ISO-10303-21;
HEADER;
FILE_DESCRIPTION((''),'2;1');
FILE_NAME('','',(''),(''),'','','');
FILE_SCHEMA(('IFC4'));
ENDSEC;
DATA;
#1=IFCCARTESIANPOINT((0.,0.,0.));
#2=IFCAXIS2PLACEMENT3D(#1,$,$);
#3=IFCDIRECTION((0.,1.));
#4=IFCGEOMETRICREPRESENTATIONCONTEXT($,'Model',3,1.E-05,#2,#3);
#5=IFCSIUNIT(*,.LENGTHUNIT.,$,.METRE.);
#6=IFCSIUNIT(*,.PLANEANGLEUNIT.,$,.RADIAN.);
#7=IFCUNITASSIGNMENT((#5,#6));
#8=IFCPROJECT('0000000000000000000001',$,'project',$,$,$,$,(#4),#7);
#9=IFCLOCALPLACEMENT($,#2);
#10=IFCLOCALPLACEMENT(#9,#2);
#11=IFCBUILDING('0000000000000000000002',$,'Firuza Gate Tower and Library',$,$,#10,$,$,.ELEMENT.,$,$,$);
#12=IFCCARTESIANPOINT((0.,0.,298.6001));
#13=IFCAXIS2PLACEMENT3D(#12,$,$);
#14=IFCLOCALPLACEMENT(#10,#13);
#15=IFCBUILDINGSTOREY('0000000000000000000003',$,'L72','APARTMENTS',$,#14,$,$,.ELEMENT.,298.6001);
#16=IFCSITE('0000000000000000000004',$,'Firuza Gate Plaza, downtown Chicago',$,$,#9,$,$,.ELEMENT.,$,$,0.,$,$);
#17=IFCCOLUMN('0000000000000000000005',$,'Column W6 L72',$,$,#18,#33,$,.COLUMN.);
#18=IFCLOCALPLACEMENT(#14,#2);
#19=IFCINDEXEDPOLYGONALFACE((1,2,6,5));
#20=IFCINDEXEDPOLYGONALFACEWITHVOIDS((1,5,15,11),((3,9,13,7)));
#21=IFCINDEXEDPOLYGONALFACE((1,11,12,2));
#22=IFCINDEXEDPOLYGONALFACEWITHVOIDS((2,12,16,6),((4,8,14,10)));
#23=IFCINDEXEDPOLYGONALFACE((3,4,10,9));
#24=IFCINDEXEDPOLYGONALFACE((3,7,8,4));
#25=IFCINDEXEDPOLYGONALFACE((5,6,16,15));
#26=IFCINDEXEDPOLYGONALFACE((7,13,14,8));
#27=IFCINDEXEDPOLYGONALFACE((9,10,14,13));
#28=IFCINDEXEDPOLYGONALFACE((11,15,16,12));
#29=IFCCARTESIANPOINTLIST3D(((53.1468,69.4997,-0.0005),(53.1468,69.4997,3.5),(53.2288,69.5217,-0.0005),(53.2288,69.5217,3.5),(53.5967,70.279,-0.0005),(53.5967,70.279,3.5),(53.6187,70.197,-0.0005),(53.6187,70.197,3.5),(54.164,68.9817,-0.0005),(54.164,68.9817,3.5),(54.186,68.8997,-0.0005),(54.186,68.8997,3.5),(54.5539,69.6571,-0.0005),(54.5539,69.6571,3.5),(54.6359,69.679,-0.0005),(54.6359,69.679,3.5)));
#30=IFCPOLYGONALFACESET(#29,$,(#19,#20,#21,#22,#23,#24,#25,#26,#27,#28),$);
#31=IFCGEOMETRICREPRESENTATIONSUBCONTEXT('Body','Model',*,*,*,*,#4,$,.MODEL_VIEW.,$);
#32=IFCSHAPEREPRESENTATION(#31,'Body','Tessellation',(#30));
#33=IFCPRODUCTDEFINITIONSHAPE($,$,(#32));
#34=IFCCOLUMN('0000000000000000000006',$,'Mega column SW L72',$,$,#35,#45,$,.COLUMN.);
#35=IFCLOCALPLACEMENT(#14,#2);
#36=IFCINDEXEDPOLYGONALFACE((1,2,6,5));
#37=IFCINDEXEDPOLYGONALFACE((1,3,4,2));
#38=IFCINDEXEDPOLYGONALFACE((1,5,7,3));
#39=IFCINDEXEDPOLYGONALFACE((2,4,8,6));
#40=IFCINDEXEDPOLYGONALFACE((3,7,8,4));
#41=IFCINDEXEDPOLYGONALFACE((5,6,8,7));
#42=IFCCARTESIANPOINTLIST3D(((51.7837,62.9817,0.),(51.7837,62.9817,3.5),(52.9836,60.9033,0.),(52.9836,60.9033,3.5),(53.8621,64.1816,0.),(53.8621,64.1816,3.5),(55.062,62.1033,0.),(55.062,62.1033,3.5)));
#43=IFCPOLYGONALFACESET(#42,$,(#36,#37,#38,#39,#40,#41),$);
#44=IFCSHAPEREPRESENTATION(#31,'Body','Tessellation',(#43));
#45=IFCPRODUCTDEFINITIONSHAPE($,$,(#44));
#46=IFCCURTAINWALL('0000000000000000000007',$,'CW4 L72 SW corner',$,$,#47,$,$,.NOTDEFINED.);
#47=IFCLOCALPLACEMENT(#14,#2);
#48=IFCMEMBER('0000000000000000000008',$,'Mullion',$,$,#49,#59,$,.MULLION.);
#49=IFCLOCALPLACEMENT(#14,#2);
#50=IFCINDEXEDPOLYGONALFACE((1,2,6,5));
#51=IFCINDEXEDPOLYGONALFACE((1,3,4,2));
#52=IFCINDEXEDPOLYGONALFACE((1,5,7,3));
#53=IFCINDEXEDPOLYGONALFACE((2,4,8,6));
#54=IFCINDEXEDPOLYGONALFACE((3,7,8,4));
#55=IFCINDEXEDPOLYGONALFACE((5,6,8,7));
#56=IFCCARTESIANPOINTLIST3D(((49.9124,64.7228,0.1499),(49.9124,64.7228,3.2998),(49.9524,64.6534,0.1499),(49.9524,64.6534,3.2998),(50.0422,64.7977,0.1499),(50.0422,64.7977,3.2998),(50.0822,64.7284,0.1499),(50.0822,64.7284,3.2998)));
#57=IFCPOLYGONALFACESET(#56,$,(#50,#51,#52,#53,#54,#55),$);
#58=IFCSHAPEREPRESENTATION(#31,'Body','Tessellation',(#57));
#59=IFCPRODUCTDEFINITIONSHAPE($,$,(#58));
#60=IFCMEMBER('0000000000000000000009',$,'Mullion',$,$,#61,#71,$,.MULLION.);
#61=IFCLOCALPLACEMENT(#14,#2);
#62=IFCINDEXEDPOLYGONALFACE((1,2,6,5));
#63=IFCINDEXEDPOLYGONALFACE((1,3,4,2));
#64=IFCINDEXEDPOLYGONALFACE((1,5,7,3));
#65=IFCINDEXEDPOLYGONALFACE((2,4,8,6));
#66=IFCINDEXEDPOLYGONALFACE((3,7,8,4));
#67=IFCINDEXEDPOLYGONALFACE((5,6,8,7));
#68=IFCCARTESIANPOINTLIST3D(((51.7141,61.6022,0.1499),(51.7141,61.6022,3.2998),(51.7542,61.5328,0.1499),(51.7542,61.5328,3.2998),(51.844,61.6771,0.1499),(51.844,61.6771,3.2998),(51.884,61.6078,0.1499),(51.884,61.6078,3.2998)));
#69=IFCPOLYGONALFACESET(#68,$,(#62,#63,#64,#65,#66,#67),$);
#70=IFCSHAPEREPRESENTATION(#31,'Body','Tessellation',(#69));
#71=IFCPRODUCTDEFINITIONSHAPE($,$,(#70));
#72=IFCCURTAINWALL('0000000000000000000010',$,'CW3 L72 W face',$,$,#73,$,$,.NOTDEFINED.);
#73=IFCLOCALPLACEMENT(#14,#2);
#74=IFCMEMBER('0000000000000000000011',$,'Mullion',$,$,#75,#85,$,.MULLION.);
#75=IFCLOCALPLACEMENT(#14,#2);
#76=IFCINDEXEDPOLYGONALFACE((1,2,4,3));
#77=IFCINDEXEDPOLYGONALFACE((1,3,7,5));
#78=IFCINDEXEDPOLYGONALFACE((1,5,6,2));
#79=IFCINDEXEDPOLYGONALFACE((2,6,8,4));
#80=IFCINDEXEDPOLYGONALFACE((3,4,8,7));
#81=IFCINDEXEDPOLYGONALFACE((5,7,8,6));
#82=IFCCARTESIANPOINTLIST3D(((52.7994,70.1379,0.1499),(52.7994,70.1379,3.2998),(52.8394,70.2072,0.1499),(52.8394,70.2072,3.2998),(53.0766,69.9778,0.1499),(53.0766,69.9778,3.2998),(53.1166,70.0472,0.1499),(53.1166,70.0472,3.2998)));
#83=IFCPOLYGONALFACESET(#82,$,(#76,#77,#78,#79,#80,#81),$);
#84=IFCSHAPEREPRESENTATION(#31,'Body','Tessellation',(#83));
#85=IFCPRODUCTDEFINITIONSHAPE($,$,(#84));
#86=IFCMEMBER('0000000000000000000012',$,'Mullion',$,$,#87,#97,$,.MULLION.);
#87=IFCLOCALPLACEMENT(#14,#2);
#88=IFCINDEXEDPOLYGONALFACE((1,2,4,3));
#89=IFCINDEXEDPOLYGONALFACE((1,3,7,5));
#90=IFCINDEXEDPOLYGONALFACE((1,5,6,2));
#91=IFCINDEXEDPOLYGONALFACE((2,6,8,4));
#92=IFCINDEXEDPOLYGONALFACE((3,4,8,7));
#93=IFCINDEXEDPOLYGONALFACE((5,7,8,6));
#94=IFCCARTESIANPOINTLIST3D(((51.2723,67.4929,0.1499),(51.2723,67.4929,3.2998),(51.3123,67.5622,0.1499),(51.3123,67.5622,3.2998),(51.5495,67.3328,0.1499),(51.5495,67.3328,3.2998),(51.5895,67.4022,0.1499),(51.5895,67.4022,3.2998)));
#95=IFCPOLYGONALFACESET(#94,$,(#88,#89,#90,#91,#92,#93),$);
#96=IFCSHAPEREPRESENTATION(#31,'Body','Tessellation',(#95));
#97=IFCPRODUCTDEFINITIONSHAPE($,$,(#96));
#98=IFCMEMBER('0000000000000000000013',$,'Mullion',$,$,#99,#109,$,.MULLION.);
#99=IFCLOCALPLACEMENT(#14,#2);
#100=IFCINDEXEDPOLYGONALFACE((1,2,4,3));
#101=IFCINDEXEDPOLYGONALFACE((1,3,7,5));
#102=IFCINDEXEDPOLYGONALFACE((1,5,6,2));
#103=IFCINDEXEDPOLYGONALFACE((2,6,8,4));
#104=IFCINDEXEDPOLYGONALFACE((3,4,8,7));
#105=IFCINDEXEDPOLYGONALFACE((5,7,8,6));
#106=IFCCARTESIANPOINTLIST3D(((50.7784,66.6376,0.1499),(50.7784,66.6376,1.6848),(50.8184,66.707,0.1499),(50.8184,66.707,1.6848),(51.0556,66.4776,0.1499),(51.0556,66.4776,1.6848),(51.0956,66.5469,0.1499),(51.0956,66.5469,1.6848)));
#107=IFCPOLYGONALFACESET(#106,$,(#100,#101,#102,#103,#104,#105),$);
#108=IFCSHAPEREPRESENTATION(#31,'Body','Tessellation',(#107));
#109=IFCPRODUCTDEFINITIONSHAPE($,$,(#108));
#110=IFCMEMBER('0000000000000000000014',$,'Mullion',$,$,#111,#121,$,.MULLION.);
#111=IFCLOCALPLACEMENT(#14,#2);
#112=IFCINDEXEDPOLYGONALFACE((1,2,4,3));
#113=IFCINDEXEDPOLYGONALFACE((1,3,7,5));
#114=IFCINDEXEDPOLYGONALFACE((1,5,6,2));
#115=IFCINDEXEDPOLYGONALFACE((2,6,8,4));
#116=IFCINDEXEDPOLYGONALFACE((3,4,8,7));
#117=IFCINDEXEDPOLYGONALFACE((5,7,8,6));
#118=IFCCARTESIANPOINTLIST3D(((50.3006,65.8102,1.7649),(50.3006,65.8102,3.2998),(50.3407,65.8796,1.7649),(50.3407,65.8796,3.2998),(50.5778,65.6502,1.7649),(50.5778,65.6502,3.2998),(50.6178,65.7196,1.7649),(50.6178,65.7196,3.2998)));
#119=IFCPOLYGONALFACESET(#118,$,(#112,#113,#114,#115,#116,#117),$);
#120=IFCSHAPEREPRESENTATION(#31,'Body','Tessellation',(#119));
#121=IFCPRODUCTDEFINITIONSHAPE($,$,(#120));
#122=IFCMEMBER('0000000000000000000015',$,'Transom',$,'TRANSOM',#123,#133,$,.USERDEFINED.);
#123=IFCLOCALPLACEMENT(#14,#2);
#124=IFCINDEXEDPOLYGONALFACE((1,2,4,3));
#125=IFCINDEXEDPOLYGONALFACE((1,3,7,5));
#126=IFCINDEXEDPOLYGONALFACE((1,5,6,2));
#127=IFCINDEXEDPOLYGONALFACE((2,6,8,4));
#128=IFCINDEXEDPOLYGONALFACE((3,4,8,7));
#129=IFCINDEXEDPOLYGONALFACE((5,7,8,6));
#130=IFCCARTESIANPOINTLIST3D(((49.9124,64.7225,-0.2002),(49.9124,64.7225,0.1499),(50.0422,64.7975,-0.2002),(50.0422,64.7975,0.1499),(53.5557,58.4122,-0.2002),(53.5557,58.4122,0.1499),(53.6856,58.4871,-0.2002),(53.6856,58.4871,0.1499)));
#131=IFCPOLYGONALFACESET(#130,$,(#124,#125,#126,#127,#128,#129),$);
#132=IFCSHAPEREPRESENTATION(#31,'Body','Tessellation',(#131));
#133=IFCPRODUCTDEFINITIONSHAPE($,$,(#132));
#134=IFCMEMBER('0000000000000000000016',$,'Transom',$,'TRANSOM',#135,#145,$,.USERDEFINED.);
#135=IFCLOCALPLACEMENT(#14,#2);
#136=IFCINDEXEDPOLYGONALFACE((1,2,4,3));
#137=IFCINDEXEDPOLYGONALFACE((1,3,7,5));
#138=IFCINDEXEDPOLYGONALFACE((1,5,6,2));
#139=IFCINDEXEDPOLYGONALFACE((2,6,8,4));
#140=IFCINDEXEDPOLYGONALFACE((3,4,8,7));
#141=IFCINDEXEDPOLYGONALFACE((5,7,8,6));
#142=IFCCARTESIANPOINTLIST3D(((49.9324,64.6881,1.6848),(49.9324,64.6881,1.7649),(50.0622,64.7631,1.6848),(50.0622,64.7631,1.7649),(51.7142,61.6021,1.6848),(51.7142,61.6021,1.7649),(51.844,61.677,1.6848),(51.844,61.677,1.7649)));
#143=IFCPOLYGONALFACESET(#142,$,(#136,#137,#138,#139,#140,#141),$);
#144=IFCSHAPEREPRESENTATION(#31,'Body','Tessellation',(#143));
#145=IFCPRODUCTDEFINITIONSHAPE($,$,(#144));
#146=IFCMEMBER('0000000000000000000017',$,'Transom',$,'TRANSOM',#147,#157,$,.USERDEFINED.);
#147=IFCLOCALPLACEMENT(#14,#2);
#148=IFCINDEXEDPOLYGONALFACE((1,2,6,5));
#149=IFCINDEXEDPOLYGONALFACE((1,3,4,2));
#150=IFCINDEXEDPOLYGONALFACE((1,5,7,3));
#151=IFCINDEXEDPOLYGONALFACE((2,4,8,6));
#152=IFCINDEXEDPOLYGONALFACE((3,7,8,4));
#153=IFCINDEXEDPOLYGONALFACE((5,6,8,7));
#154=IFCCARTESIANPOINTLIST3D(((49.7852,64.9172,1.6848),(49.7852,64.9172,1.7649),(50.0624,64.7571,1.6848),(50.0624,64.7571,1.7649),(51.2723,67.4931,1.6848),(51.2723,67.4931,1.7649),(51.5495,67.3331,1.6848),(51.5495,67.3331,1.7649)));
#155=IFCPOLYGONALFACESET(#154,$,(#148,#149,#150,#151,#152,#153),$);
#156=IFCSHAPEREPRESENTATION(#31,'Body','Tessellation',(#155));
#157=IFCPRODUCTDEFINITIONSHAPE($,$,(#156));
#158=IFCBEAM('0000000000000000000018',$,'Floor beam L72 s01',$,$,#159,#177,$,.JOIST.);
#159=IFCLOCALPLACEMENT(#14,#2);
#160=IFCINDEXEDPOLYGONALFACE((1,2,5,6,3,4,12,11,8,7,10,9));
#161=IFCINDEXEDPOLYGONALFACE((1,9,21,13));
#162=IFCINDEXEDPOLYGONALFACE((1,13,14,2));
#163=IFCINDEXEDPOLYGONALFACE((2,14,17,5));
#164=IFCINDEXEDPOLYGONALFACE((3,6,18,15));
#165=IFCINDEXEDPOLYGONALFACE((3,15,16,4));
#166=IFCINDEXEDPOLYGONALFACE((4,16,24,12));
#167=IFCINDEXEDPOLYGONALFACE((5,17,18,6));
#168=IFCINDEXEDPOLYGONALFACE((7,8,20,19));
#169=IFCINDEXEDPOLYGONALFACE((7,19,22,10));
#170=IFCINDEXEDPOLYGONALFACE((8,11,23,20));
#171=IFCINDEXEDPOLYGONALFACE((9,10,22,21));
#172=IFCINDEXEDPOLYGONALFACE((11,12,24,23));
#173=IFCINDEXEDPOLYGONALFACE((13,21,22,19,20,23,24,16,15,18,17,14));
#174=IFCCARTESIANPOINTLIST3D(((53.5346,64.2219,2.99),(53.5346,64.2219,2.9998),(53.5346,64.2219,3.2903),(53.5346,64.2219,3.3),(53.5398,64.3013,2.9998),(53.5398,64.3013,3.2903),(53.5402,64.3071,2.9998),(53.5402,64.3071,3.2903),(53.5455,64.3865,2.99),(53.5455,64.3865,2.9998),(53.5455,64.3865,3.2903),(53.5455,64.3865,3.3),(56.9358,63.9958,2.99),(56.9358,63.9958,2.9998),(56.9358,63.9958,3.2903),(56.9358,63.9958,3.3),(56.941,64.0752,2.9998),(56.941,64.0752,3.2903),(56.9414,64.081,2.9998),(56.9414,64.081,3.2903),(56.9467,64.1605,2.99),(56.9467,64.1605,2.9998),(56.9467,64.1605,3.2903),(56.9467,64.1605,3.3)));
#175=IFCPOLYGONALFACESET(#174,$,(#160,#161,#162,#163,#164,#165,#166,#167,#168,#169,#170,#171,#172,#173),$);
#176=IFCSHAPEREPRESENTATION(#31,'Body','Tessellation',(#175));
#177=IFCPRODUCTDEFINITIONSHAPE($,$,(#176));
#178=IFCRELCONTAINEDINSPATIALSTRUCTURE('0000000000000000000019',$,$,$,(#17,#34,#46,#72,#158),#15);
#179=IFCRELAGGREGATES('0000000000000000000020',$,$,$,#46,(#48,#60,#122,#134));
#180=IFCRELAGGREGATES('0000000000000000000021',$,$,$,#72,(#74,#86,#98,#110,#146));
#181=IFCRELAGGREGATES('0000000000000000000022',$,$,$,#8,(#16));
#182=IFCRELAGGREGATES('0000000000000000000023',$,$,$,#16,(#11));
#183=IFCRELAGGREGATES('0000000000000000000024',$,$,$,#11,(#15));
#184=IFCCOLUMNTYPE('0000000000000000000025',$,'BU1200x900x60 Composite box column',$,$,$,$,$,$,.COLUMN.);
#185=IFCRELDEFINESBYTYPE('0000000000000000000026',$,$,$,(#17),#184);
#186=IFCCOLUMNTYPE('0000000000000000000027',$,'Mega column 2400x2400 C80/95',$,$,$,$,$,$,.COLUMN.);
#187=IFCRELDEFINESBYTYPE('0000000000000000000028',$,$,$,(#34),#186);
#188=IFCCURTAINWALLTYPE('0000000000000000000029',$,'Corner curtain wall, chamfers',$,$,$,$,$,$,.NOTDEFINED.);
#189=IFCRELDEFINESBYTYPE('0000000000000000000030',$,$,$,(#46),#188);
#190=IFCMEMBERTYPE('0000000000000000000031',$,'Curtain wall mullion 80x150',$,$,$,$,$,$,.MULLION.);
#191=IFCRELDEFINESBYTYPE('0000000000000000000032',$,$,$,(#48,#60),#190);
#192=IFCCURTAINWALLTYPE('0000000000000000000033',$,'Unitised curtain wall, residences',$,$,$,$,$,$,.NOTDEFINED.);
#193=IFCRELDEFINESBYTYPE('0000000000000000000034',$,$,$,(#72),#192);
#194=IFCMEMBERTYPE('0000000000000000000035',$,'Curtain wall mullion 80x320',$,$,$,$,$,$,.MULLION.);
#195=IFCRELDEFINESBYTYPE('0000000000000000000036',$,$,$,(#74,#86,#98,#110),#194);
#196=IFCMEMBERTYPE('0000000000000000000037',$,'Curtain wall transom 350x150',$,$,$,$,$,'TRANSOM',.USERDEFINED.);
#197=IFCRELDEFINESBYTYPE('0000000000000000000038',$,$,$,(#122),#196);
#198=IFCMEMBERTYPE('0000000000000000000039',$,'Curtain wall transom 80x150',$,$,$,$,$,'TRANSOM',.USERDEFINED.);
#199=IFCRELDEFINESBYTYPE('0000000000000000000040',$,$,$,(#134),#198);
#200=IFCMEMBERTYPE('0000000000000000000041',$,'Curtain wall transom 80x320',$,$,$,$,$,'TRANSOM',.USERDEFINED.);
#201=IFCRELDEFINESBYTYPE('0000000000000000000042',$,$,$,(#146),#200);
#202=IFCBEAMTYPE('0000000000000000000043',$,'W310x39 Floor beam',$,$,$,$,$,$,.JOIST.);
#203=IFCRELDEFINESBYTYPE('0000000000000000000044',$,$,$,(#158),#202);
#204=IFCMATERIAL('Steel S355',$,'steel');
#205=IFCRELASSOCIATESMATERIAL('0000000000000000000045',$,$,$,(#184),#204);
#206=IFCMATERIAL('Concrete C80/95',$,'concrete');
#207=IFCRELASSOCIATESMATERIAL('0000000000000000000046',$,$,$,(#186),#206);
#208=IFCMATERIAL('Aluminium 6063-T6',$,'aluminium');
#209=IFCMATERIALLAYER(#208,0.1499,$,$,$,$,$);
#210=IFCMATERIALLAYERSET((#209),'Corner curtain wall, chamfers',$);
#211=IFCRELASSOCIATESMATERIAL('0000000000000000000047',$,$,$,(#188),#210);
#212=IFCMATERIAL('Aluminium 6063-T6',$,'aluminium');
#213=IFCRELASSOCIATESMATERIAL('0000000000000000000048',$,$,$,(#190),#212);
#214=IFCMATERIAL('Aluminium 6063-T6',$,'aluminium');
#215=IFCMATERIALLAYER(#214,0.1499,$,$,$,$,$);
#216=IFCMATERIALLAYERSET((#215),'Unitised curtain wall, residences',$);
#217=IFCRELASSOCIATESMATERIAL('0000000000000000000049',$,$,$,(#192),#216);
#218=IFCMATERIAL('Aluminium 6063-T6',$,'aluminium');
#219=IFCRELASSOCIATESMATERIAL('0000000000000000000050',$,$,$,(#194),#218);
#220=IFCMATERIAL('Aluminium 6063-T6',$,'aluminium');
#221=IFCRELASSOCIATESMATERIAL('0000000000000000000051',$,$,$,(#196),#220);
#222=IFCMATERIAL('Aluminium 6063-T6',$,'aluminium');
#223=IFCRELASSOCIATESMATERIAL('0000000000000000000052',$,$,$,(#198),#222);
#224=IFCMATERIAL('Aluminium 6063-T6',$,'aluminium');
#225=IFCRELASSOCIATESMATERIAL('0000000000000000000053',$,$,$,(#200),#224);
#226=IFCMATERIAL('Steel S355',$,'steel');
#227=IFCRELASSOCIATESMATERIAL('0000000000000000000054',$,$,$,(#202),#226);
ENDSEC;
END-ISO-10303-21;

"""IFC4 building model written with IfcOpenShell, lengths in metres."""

from ifc_helpers import new_model, si_unit, direction, frame, origin, origin_2d, place, context, subcontext, project, spatial, rectangle, hollow_rectangle, i_section, extrude, material, layer, layer_set, material_profile, profile_set, type_object, element, aggregate, save


model = new_model("IFC4")

# Units and contexts
model_context = context("Model", 3, precision=1e-05, world=origin(), true_north=direction((0.0, 1.0)))
body_context = subcontext(model_context, "Body", "Model", "MODEL_VIEW")
ifc_project = project(units=[si_unit("LENGTHUNIT", "METRE"), si_unit("PLANEANGLEUNIT", "RADIAN")], contexts=[model_context])

# Site, building, storey
site_placement = place(None, origin())
site = spatial("IfcSite", under=ifc_project, at=site_placement, Name="Firuza Gate Plaza, downtown Chicago", CompositionType="ELEMENT", RefElevation=0.0)
building_placement = place(site_placement, origin())
building = spatial("IfcBuilding", under=site, at=building_placement, Name="Firuza Gate Tower and Library", CompositionType="ELEMENT")
storey_placement = place(building_placement, frame((0.0, 0.0, 298.6001)))
storey = spatial("IfcBuildingStorey", under=building, at=storey_placement, Name="L72", Description="APARTMENTS", CompositionType="ELEMENT", Elevation=298.6001)

# Columns
ifc_material_1 = material(Name="Steel S355", Category="steel")
ifc_material_profile_1 = material_profile(ifc_material_1, hollow_rectangle(XDim=0.8999, YDim=1.2, WallThickness=0.0601, at=origin_2d()))
ifc_profile_set_1 = profile_set([ifc_material_profile_1], Name="Steel S355")
column_type_1 = type_object("IfcColumnType", Name="BU1200x900x60 Composite box column", PredefinedType="COLUMN", material=ifc_profile_set_1)
column_1_placement = place(storey_placement, frame((53.8914, 69.5894, -0.0005), z_axis=(0.0, 0.0, 1.0), x_axis=(-0.5, -0.866025, 0.0)))
element("IfcColumn", 1, at=column_1_placement, inside=storey, type_object=column_type_1, Name="Column W6 L72", PredefinedType="COLUMN", context=body_context, shape_type="SweptSolid", body=[
    extrude(hollow_rectangle(XDim=0.8999, YDim=1.2, WallThickness=0.0601, at=origin_2d()), origin(), (0.0, 0.0, 1.0), 3.5005),
])
ifc_material_2 = material(Name="Concrete C80/95", Category="concrete")
ifc_material_profile_2 = material_profile(ifc_material_2, rectangle(XDim=2.3999, YDim=2.3999, at=origin_2d()))
ifc_profile_set_2 = profile_set([ifc_material_profile_2], Name="Concrete C80/95")
column_type_2 = type_object("IfcColumnType", Name="Mega column 2400x2400 C80/95", PredefinedType="COLUMN", material=ifc_profile_set_2)
column_2_placement = place(storey_placement, frame((53.4229, 62.5425, 0.0), z_axis=(0.0, 0.0, 1.0), x_axis=(0.5, -0.866025, 0.0)))
element("IfcColumn", 2, at=column_2_placement, inside=storey, type_object=column_type_2, Name="Mega column SW L72", PredefinedType="COLUMN", context=body_context, shape_type="SweptSolid", body=[
    extrude(rectangle(XDim=2.3999, YDim=2.3999, at=origin_2d()), origin(), (0.0, 0.0, 1.0), 3.5),
])

# Curtain walls, members
ifc_material_3 = material(Name="Aluminium 6063-T6", Category="aluminium")
ifc_layer_1 = layer(ifc_material_3, 0.1499)
ifc_layer_set_1 = layer_set([ifc_layer_1], Name="Corner curtain wall, chamfers")
curtain_wall_type_1 = type_object("IfcCurtainWallType", Name="Corner curtain wall, chamfers", PredefinedType="NOTDEFINED", material=ifc_layer_set_1)
placement = place(storey_placement, origin())
curtain_wall_1 = element("IfcCurtainWall", 3, at=placement, inside=storey, type_object=curtain_wall_type_1, Name="CW4 L72 SW corner", PredefinedType="NOTDEFINED")
ifc_material_4 = material(Name="Aluminium 6063-T6", Category="aluminium")
ifc_material_profile_3 = material_profile(ifc_material_4, rectangle(XDim=0.1499, YDim=0.0801, at=origin_2d()))
ifc_profile_set_3 = profile_set([ifc_material_profile_3], Name="Aluminium 6063-T6")
member_type_1 = type_object("IfcMemberType", Name="Curtain wall mullion 80x150", PredefinedType="MULLION", material=ifc_profile_set_3)
member_1_placement = place(storey_placement, frame((49.9973, 64.7256, 0.1499), z_axis=(0.0, 0.0, 1.0), x_axis=(0.866025, 0.5, 0.0)))
member_1 = element("IfcMember", 4, at=member_1_placement, type_object=member_type_1, Name="Mullion", PredefinedType="MULLION", context=body_context, shape_type="SweptSolid", body=[
    extrude(rectangle(XDim=0.1499, YDim=0.0801, at=origin_2d()), origin(), (0.0, 0.0, 1.0), 3.1499),
])
member_2_placement = place(storey_placement, frame((51.7991, 61.605, 0.1499), z_axis=(0.0, 0.0, 1.0), x_axis=(0.866025, 0.5, 0.0)))
member_2 = element("IfcMember", 5, at=member_2_placement, type_object=member_type_1, Name="Mullion", PredefinedType="MULLION", context=body_context, shape_type="SweptSolid", body=[
    extrude(rectangle(XDim=0.1499, YDim=0.0801, at=origin_2d()), origin(), (0.0, 0.0, 1.0), 3.1499),
])
ifc_material_5 = material(Name="Aluminium 6063-T6", Category="aluminium")
ifc_layer_2 = layer(ifc_material_5, 0.1499)
ifc_layer_set_2 = layer_set([ifc_layer_2], Name="Unitised curtain wall, residences")
curtain_wall_type_2 = type_object("IfcCurtainWallType", Name="Unitised curtain wall, residences", PredefinedType="NOTDEFINED", material=ifc_layer_set_2)
curtain_wall_2 = element("IfcCurtainWall", 6, at=placement, inside=storey, type_object=curtain_wall_type_2, Name="CW3 L72 W face", PredefinedType="NOTDEFINED")
ifc_material_6 = material(Name="Aluminium 6063-T6", Category="aluminium")
ifc_material_profile_4 = material_profile(ifc_material_6, rectangle(XDim=0.3201, YDim=0.0801, at=origin_2d()))
ifc_profile_set_4 = profile_set([ifc_material_profile_4], Name="Aluminium 6063-T6")
member_type_2 = type_object("IfcMemberType", Name="Curtain wall mullion 80x320", PredefinedType="MULLION", material=ifc_profile_set_4)
member_3_placement = place(storey_placement, frame((52.958, 70.0925, 0.1499), z_axis=(0.0, 0.0, 1.0), x_axis=(0.866025, -0.5, 0.0)))
member_3 = element("IfcMember", 7, at=member_3_placement, type_object=member_type_2, Name="Mullion", PredefinedType="MULLION", context=body_context, shape_type="SweptSolid", body=[
    extrude(rectangle(XDim=0.3201, YDim=0.0801, at=origin_2d()), origin(), (0.0, 0.0, 1.0), 3.1499),
])
member_4_placement = place(storey_placement, frame((51.4309, 67.4475, 0.1499), z_axis=(0.0, 0.0, 1.0), x_axis=(0.866025, -0.5, 0.0)))
member_4 = element("IfcMember", 8, at=member_4_placement, type_object=member_type_2, Name="Mullion", PredefinedType="MULLION", context=body_context, shape_type="SweptSolid", body=[
    extrude(rectangle(XDim=0.3201, YDim=0.0801, at=origin_2d()), origin(), (0.0, 0.0, 1.0), 3.1499),
])
member_5_placement = place(storey_placement, frame((50.937, 66.5923, 0.1499), z_axis=(0.0, 0.0, 1.0), x_axis=(0.866025, -0.5, 0.0)))
member_5 = element("IfcMember", 9, at=member_5_placement, type_object=member_type_2, Name="Mullion", PredefinedType="MULLION", context=body_context, shape_type="SweptSolid", body=[
    extrude(rectangle(XDim=0.3201, YDim=0.0801, at=origin_2d()), origin(), (0.0, 0.0, 1.0), 1.5349),
])
member_6_placement = place(storey_placement, frame((50.4592, 65.7649, 1.7649), z_axis=(0.0, 0.0, 1.0), x_axis=(0.866025, -0.5, 0.0)))
member_6 = element("IfcMember", 10, at=member_6_placement, type_object=member_type_2, Name="Mullion", PredefinedType="MULLION", context=body_context, shape_type="SweptSolid", body=[
    extrude(rectangle(XDim=0.3201, YDim=0.0801, at=origin_2d()), origin(), (0.0, 0.0, 1.0), 1.5349),
])

# Members
ifc_material_7 = material(Name="Aluminium 6063-T6", Category="aluminium")
ifc_material_profile_5 = material_profile(ifc_material_7, rectangle(XDim=0.1499, YDim=0.3501, at=origin_2d()))
ifc_profile_set_5 = profile_set([ifc_material_profile_5], Name="Aluminium 6063-T6")
member_type_3 = type_object("IfcMemberType", Name="Curtain wall transom 350x150", ElementType="TRANSOM", PredefinedType="USERDEFINED", material=ifc_profile_set_5)
member_7_placement = place(storey_placement, frame((49.9773, 64.76, -0.0251), z_axis=(0.500006, -0.866022, 0.0), x_axis=(0.866022, 0.500006, 0.0)))
member_7 = element("IfcMember", 11, at=member_7_placement, type_object=member_type_3, Name="Transom", ObjectType="TRANSOM", PredefinedType="USERDEFINED", context=body_context, shape_type="SweptSolid", body=[
    extrude(rectangle(XDim=0.1499, YDim=0.3501, at=origin_2d()), origin(), (0.0, 0.0, 1.0), 7.2866),
])
ifc_material_8 = material(Name="Aluminium 6063-T6", Category="aluminium")
ifc_material_profile_6 = material_profile(ifc_material_8, rectangle(XDim=0.1499, YDim=0.0801, at=origin_2d()))
ifc_profile_set_6 = profile_set([ifc_material_profile_6], Name="Aluminium 6063-T6")
member_type_4 = type_object("IfcMemberType", Name="Curtain wall transom 80x150", ElementType="TRANSOM", PredefinedType="USERDEFINED", material=ifc_profile_set_6)
member_8_placement = place(storey_placement, frame((49.9973, 64.7256, 1.7249), z_axis=(0.500015, -0.866017, 0.0), x_axis=(0.866017, 0.500015, 0.0)))
member_8 = element("IfcMember", 12, at=member_8_placement, type_object=member_type_4, Name="Transom", ObjectType="TRANSOM", PredefinedType="USERDEFINED", context=body_context, shape_type="SweptSolid", body=[
    extrude(rectangle(XDim=0.1499, YDim=0.0801, at=origin_2d()), origin(), (0.0, 0.0, 1.0), 3.5635),
])
ifc_material_9 = material(Name="Aluminium 6063-T6", Category="aluminium")
ifc_material_profile_7 = material_profile(ifc_material_9, rectangle(XDim=0.3201, YDim=0.0801, at=origin_2d()))
ifc_profile_set_7 = profile_set([ifc_material_profile_7], Name="Aluminium 6063-T6")
member_type_5 = type_object("IfcMemberType", Name="Curtain wall transom 80x320", ElementType="TRANSOM", PredefinedType="USERDEFINED", material=ifc_profile_set_7)
member_9_placement = place(storey_placement, frame((51.4109, 67.4131, 1.7249), z_axis=(-0.499962, -0.866048, 0.0), x_axis=(0.866048, -0.499962, 0.0)))
member_9 = element("IfcMember", 13, at=member_9_placement, type_object=member_type_5, Name="Transom", ObjectType="TRANSOM", PredefinedType="USERDEFINED", context=body_context, shape_type="SweptSolid", body=[
    extrude(rectangle(XDim=0.3201, YDim=0.0801, at=origin_2d()), origin(), (0.0, 0.0, 1.0), 2.9744),
])

# Beam
ifc_material_10 = material(Name="Steel S355", Category="steel")
ifc_material_profile_8 = material_profile(ifc_material_10, i_section(OverallWidth=0.165, OverallDepth=0.3101, WebThickness=0.0059, FlangeThickness=0.0098, at=origin_2d()))
ifc_profile_set_8 = profile_set([ifc_material_profile_8], Name="Steel S355")
beam_type_1 = type_object("IfcBeamType", Name="W310x39 Floor beam", PredefinedType="JOIST", material=ifc_profile_set_8)
beam_1_placement = place(storey_placement, frame((53.54, 64.3042, 3.145), z_axis=(0.997798, -0.066324, 0.0), x_axis=(0.066324, 0.997798, 0.0)))
element("IfcBeam", 14, at=beam_1_placement, inside=storey, type_object=beam_type_1, Name="Floor beam L72 s01", PredefinedType="JOIST", context=body_context, shape_type="SweptSolid", body=[
    extrude(i_section(OverallWidth=0.165, OverallDepth=0.3101, WebThickness=0.0059, FlangeThickness=0.0098, at=origin_2d()), origin(), (0.0, 0.0, 1.0), 3.4087),
])

aggregate(curtain_wall_1, [member_1, member_2, member_7, member_8])
aggregate(curtain_wall_2, [member_3, member_4, member_5, member_6, member_9])

save(model, "model.ifc")
